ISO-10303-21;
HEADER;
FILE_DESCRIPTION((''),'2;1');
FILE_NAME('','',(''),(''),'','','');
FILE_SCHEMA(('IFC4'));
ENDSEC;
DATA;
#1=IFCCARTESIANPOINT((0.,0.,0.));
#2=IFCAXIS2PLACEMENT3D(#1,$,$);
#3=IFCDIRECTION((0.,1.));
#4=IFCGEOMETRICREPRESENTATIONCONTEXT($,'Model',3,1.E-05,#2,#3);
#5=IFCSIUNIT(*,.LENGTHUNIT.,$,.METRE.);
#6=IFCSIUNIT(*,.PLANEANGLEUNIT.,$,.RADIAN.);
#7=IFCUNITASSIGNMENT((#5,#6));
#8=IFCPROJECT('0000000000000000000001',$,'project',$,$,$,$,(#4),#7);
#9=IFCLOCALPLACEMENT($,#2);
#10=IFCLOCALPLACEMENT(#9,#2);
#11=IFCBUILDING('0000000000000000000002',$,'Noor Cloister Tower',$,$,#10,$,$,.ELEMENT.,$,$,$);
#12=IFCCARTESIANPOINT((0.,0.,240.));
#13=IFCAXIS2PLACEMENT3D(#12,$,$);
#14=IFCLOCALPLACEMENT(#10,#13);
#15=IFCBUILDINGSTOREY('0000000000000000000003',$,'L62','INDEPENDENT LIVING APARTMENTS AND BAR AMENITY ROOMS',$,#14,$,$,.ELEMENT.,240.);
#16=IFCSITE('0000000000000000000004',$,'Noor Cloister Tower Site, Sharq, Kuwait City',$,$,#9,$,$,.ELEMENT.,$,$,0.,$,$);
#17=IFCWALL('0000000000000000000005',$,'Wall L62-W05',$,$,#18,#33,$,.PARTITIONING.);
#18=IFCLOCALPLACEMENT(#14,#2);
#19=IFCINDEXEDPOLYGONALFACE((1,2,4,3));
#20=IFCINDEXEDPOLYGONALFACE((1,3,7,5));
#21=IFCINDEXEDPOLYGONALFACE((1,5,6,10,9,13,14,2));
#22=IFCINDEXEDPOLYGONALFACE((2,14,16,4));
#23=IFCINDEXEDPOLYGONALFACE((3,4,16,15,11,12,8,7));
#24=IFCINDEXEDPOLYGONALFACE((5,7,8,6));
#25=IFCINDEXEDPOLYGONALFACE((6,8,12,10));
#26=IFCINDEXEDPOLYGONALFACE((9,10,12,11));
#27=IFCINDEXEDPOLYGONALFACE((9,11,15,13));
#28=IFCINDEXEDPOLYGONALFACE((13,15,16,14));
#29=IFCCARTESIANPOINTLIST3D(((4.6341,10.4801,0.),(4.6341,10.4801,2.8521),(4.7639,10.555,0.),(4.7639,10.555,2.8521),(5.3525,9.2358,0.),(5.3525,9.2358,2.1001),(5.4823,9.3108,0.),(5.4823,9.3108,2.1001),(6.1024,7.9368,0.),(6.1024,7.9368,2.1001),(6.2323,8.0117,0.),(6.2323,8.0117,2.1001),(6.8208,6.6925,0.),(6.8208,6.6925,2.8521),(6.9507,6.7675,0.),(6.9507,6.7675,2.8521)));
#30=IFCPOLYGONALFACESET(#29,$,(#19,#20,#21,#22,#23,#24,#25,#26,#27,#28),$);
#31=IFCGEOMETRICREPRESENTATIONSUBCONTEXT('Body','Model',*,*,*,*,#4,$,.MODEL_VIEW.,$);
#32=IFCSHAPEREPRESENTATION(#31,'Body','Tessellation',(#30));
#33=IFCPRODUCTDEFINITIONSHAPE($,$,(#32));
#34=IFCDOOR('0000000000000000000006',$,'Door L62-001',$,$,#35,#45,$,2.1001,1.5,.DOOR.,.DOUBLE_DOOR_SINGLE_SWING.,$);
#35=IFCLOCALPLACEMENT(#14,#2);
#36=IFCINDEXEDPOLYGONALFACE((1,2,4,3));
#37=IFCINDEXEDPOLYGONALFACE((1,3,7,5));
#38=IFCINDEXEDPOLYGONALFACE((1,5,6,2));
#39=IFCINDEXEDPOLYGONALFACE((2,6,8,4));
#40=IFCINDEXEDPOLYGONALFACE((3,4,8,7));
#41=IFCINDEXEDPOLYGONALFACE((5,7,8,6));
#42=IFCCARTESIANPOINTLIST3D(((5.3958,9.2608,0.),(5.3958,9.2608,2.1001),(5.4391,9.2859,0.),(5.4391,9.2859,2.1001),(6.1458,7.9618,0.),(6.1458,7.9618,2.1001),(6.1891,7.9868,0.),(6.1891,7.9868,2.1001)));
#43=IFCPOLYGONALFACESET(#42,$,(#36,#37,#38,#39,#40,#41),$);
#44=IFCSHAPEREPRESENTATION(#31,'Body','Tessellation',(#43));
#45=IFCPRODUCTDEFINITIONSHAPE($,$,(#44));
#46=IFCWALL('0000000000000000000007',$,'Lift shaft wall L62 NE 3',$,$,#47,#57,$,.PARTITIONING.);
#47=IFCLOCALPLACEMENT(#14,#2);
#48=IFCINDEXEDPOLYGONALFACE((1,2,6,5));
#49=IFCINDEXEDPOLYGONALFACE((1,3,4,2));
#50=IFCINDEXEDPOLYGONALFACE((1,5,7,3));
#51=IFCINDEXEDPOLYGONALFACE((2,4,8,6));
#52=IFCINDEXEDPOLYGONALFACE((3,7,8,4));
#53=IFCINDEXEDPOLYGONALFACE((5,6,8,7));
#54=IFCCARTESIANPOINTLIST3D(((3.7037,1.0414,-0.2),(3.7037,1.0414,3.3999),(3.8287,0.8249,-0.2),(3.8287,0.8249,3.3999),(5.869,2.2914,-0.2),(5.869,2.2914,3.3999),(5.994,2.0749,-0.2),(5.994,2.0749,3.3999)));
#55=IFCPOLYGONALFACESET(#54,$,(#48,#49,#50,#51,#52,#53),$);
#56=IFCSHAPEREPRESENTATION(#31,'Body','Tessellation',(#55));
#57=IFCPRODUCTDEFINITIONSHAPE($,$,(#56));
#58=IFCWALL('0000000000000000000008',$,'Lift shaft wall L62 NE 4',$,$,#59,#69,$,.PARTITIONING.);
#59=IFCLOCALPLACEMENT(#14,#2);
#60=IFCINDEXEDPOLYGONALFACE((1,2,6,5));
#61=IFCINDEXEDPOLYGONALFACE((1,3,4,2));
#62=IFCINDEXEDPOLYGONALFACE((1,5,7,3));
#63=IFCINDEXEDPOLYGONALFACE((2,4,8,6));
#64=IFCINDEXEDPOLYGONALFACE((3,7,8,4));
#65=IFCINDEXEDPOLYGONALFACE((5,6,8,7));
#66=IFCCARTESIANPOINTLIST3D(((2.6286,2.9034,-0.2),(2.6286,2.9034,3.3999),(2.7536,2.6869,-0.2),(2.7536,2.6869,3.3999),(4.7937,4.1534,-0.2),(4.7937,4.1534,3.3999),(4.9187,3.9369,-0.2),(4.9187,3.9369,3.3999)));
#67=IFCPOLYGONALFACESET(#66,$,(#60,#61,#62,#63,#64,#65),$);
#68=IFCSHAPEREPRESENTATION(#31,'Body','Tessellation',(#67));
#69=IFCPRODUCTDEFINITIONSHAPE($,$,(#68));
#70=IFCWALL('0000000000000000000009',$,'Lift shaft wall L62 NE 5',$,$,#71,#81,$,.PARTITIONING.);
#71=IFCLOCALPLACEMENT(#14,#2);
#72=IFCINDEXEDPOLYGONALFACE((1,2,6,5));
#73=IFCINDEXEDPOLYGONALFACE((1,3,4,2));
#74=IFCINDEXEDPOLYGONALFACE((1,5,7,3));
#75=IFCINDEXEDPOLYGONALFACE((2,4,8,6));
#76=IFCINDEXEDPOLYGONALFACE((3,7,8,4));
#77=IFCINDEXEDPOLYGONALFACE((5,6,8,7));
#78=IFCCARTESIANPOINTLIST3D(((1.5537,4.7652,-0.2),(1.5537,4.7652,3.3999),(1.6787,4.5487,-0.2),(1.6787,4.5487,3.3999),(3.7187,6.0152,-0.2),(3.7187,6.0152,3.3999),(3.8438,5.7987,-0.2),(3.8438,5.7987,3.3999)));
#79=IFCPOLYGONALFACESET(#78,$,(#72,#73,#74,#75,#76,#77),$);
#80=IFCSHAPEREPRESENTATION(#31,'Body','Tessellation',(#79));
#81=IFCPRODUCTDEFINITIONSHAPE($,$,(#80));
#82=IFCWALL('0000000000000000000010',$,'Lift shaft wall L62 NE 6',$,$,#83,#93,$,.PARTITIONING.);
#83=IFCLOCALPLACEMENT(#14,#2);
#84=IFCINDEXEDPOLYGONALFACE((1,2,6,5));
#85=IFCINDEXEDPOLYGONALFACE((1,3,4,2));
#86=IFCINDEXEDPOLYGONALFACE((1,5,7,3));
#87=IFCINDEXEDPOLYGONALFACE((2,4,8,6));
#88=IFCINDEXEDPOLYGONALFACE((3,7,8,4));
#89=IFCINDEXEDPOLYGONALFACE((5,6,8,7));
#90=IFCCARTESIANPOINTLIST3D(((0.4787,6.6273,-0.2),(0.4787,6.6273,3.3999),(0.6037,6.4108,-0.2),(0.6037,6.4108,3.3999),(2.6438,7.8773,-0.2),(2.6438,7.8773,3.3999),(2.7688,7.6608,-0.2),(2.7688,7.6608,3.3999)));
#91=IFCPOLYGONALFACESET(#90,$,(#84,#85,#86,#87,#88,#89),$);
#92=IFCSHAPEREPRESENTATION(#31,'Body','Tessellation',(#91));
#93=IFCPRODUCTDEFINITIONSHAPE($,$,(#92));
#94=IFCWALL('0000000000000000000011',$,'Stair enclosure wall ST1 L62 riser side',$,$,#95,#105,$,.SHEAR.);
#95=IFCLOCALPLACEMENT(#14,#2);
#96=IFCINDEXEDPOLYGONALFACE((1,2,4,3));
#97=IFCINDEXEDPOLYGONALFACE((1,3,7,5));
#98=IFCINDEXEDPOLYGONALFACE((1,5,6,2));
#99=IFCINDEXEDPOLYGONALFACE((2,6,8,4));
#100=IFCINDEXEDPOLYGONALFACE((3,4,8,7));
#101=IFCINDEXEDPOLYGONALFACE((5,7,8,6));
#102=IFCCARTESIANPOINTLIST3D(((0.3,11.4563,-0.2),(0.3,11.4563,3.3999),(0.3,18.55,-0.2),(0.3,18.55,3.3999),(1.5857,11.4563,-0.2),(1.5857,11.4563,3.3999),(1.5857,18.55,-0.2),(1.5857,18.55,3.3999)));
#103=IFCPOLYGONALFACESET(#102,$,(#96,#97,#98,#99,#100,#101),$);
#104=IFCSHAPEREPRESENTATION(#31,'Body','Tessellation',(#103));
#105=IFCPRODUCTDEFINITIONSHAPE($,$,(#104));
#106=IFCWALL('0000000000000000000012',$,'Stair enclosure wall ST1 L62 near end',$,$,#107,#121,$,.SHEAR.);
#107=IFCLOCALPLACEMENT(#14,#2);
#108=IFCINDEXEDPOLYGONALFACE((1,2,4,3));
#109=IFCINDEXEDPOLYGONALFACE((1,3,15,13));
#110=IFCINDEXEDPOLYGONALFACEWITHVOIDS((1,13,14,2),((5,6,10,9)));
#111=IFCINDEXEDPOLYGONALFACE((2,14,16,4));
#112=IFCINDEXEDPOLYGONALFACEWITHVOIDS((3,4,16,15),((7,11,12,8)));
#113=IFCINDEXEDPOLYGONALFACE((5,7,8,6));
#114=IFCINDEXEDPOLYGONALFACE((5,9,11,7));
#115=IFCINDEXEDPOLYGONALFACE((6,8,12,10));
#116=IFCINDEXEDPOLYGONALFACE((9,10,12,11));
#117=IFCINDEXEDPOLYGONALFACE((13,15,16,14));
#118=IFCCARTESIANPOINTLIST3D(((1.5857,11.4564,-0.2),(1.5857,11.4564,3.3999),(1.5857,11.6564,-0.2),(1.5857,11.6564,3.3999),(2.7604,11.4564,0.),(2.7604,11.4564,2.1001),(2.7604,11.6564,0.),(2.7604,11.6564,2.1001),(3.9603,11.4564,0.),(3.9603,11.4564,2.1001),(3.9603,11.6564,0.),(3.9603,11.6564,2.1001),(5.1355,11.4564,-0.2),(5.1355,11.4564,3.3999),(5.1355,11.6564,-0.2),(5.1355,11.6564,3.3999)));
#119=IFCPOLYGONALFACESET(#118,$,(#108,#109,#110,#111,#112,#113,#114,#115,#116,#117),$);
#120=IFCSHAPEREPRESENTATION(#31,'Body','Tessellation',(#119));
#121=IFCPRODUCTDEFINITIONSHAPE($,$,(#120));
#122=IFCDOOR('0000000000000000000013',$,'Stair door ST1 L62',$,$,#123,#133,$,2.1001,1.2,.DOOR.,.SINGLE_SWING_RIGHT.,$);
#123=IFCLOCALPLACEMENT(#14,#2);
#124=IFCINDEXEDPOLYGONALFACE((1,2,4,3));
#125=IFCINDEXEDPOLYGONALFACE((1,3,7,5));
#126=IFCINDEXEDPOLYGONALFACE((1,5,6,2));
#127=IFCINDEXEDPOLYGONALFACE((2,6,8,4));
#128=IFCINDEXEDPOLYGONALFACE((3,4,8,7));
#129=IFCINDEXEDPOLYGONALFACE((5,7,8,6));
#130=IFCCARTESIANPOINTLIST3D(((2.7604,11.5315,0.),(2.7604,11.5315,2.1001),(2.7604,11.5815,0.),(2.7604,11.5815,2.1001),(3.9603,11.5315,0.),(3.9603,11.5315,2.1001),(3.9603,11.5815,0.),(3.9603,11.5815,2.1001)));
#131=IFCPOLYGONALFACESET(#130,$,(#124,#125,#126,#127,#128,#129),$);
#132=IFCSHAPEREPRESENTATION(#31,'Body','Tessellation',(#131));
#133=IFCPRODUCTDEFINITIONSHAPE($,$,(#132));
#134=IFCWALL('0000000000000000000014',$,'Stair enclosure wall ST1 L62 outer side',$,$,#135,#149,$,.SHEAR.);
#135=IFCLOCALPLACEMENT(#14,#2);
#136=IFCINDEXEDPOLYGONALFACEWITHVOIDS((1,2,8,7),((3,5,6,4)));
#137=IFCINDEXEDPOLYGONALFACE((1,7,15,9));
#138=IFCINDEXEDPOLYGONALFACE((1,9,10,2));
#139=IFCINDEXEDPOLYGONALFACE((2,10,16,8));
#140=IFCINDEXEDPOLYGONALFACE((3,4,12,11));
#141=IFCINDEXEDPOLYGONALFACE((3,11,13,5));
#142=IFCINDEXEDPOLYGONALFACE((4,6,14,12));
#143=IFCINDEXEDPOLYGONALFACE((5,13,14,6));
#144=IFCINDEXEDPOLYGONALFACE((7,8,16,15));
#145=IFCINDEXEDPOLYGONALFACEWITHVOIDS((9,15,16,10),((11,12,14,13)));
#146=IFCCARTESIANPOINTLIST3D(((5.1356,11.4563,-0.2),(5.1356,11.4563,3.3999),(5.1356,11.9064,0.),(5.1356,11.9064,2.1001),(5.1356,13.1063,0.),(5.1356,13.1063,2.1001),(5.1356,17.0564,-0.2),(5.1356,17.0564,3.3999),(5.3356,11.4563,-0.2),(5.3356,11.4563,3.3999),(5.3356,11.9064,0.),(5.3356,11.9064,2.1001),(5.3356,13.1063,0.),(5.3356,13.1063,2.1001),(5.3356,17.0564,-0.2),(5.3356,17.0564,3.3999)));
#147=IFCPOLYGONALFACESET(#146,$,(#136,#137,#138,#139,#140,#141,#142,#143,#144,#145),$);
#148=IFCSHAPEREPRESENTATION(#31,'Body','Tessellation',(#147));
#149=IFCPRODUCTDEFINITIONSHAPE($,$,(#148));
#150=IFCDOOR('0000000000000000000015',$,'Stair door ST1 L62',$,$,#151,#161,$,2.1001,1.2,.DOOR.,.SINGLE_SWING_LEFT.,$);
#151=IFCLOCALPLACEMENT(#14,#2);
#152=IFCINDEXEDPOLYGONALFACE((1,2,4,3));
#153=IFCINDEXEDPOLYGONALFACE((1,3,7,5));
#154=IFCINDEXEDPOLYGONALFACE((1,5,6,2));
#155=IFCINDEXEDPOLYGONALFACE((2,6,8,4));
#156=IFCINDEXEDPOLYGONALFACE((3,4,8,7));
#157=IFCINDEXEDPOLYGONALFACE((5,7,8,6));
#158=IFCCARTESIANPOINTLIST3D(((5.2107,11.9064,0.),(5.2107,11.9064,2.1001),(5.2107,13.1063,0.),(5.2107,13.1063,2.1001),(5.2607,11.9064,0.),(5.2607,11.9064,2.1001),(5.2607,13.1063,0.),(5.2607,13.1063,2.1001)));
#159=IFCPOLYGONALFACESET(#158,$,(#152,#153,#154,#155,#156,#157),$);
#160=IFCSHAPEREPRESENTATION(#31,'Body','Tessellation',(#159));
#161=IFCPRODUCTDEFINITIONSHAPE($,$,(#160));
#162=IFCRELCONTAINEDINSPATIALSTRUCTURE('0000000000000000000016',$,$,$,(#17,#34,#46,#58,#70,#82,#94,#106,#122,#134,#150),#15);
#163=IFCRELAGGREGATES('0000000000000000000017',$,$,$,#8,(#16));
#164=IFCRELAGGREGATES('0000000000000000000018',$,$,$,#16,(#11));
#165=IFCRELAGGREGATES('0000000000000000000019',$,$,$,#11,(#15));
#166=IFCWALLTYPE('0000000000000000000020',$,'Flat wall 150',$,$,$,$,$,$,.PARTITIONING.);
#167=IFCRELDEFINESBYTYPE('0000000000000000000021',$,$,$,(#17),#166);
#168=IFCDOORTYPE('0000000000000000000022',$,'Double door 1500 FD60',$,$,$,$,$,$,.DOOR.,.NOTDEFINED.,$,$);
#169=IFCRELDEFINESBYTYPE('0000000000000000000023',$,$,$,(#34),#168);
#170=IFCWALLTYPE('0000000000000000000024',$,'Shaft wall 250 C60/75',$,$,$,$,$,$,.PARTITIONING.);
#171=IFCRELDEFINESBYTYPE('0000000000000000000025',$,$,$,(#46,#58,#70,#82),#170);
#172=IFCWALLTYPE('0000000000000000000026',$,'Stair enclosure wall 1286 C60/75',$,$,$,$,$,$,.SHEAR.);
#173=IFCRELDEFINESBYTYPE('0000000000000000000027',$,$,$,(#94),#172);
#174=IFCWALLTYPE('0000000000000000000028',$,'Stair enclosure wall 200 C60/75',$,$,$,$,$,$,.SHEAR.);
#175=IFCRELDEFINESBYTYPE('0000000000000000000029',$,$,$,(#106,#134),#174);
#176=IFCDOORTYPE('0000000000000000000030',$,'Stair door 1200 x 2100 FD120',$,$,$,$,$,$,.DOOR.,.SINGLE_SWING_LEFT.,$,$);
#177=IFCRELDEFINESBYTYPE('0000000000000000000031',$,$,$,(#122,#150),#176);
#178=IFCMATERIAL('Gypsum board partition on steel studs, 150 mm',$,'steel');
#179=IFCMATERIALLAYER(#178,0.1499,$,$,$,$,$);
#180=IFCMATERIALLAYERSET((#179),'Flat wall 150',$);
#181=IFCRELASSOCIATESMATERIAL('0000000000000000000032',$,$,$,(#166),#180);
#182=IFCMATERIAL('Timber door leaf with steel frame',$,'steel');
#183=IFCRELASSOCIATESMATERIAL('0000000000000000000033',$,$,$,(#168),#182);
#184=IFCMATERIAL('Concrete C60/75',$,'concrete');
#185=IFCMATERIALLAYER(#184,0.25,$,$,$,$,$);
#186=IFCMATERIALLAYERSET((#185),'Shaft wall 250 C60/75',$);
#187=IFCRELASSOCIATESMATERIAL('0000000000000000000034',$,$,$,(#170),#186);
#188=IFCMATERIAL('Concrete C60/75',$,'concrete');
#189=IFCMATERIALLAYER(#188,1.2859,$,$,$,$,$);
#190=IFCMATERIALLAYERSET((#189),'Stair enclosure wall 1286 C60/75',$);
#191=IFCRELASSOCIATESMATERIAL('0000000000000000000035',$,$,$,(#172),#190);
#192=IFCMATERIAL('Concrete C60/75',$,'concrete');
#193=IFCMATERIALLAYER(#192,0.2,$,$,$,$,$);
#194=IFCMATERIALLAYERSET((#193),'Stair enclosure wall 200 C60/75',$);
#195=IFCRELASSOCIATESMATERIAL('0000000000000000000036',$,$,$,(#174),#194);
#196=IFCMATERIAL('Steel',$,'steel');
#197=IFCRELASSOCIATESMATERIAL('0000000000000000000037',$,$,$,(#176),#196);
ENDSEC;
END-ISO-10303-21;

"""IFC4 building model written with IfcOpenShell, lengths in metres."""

from ifc_helpers import new_model, si_unit, direction, frame, frame_2d, origin, place, context, subcontext, project, spatial, rectangle, extrude, material, layer, layer_set, type_object, element, fill, save


model = new_model("IFC4")

# Units and contexts
model_context = context("Model", 3, precision=1e-05, world=origin(), true_north=direction((0.0, 1.0)))
body_context = subcontext(model_context, "Body", "Model", "MODEL_VIEW")
ifc_project = project(units=[si_unit("LENGTHUNIT", "METRE"), si_unit("PLANEANGLEUNIT", "RADIAN")], contexts=[model_context])

# Site, building, storey
site_placement = place(None, origin())
site = spatial("IfcSite", under=ifc_project, at=site_placement, Name="Noor Cloister Tower Site, Sharq, Kuwait City", CompositionType="ELEMENT", RefElevation=0.0)
building_placement = place(site_placement, origin())
building = spatial("IfcBuilding", under=site, at=building_placement, Name="Noor Cloister Tower", CompositionType="ELEMENT")
storey_placement = place(building_placement, frame((0.0, 0.0, 240.0)))
storey = spatial("IfcBuildingStorey", under=building, at=storey_placement, Name="L62", Description="INDEPENDENT LIVING APARTMENTS AND BAR AMENITY ROOMS", CompositionType="ELEMENT", Elevation=240.0)

# Shared definitions
ifc_material_1 = material(Name="Gypsum board partition on steel studs, 150 mm", Category="steel")
ifc_layer_1 = layer(ifc_material_1, 0.1499)
ifc_layer_set_1 = layer_set([ifc_layer_1], Name="Flat wall 150")
wall_type_1 = type_object("IfcWallType", Name="Flat wall 150", PredefinedType="PARTITIONING", material=ifc_layer_set_1)

# Wall, opening, door
wall_1_placement = place(storey_placement, frame((6.8857, 6.73, 0.0), z_axis=(0.0, 0.0, 1.0), x_axis=(-0.499999, 0.866026, 0.0)))
wall_1 = element("IfcWall", 1, at=wall_1_placement, inside=storey, type_object=wall_type_1, Name="Wall L62-W05", PredefinedType="PARTITIONING", context=body_context, shape_type="SweptSolid", body=[
    extrude(rectangle(XDim=4.3735, YDim=0.1499, at=frame_2d((2.1868, 0.0))), origin(), (0.0, 0.0, 1.0), 2.8521),
])
opening_1_placement = place(wall_1_placement, frame((1.4368, 0.0, 0.0)))
opening_1 = element("IfcOpeningElement", 2, at=opening_1_placement, cuts=wall_1, PredefinedType="OPENING", context=body_context, shape_type="SweptSolid", body=[
    extrude(rectangle(XDim=1.5, YDim=2.1001, at=frame_2d((0.75, 1.05))), frame((0.0, 0.085, 0.0), z_axis=(0.0, -1.0, 0.0), x_axis=(1.0, 0.0, 0.0)), (0.0, 0.0, 1.0), 0.1699),
])
ifc_material_2 = material(Name="Timber door leaf with steel frame", Category="steel")
door_type_1 = type_object("IfcDoorType", Name="Double door 1500 FD60", OperationType="NOTDEFINED", PredefinedType="DOOR", material=ifc_material_2)
door_1_placement = place(opening_1_placement, origin())
door_1 = element("IfcDoor", 3, at=door_1_placement, inside=storey, type_object=door_type_1, Name="Door L62-001", OperationType="DOUBLE_DOOR_SINGLE_SWING", OverallHeight=2.1001, OverallWidth=1.5, PredefinedType="DOOR", context=body_context, shape_type="SweptSolid", body=[
    extrude(rectangle(XDim=1.5, YDim=2.1001, at=frame_2d((0.75, 1.05))), frame((0.0, 0.0249, 0.0), z_axis=(0.0, -1.0, 0.0), x_axis=(1.0, 0.0, 0.0)), (0.0, 0.0, 1.0), 0.05),
])
fill(opening_1, door_1)

# Walls
ifc_material_3 = material(Name="Concrete C60/75", Category="concrete")
ifc_layer_2 = layer(ifc_material_3, 0.25)
ifc_layer_set_2 = layer_set([ifc_layer_2], Name="Shaft wall 250 C60/75")
wall_type_2 = type_object("IfcWallType", Name="Shaft wall 250 C60/75", PredefinedType="PARTITIONING", material=ifc_layer_set_2)
wall_2_placement = place(storey_placement, frame((5.9314, 2.1831, -0.2), z_axis=(0.0, 0.0, 1.0), x_axis=(-0.866047, -0.499962, 0.0)))
element("IfcWall", 4, at=wall_2_placement, inside=storey, type_object=wall_type_2, Name="Lift shaft wall L62 NE 3", PredefinedType="PARTITIONING", context=body_context, shape_type="SweptSolid", body=[
    extrude(rectangle(XDim=2.5002, YDim=0.25, at=frame_2d((1.25, 0.0))), origin(), (0.0, 0.0, 1.0), 3.5999),
])
for number, where, z_axis, x_axis, name in (
    (5, (4.8562, 4.0452, -0.2), (0.0, 0.0, 1.0), (-0.866023, -0.500004, 0.0), "Lift shaft wall L62 NE 4"),
    (6, (3.7812, 5.907, -0.2), (0.0, 0.0, 1.0), (-0.866023, -0.500004, 0.0), "Lift shaft wall L62 NE 5"),
    (7, (2.7063, 7.769, -0.2), (0.0, 0.0, 1.0), (-0.866023, -0.500004, 0.0), "Lift shaft wall L62 NE 6"),
):
    element("IfcWall", number, at=place(storey_placement, frame(where, z_axis=z_axis, x_axis=x_axis)), inside=storey, type_object=wall_type_2, Name=name, PredefinedType="PARTITIONING", context=body_context, shape_type="SweptSolid", body=[
        extrude(rectangle(XDim=2.5, YDim=0.25, at=frame_2d((1.25, 0.0))), origin(), (0.0, 0.0, 1.0), 3.5999),
    ])
ifc_material_4 = material(Name="Concrete C60/75", Category="concrete")
ifc_layer_3 = layer(ifc_material_4, 1.2859)
ifc_layer_set_3 = layer_set([ifc_layer_3], Name="Stair enclosure wall 1286 C60/75")
wall_type_3 = type_object("IfcWallType", Name="Stair enclosure wall 1286 C60/75", PredefinedType="SHEAR", material=ifc_layer_set_3)
wall_3_placement = place(storey_placement, frame((0.9429, 11.4563, -0.2), z_axis=(0.0, 0.0, 1.0), x_axis=(0.0, 1.0, 0.0)))
element("IfcWall", 8, at=wall_3_placement, inside=storey, type_object=wall_type_3, Name="Stair enclosure wall ST1 L62 riser side", PredefinedType="SHEAR", context=body_context, shape_type="SweptSolid", body=[
    extrude(rectangle(XDim=7.0938, YDim=1.2856, at=frame_2d((3.5469, 0.0))), origin(), (0.0, 0.0, 1.0), 3.5999),
])

# Walls, openings, doors
ifc_material_5 = material(Name="Concrete C60/75", Category="concrete")
ifc_layer_4 = layer(ifc_material_5, 0.2)
ifc_layer_set_4 = layer_set([ifc_layer_4], Name="Stair enclosure wall 200 C60/75")
wall_type_4 = type_object("IfcWallType", Name="Stair enclosure wall 200 C60/75", PredefinedType="SHEAR", material=ifc_layer_set_4)
wall_4_placement = place(storey_placement, frame((5.1355, 11.5564, -0.2), z_axis=(0.0, 0.0, 1.0), x_axis=(-1.0, 0.0, 0.0)))
wall_4 = element("IfcWall", 9, at=wall_4_placement, inside=storey, type_object=wall_type_4, Name="Stair enclosure wall ST1 L62 near end", PredefinedType="SHEAR", context=body_context, shape_type="SweptSolid", body=[
    extrude(rectangle(XDim=3.5498, YDim=0.2, at=frame_2d((1.7749, 0.0))), origin(), (0.0, 0.0, 1.0), 3.5999),
])
opening_2_placement = place(wall_4_placement, frame((1.175, 0.0, 0.2)))
opening_2 = element("IfcOpeningElement", 10, at=opening_2_placement, cuts=wall_4, PredefinedType="OPENING", context=body_context, shape_type="SweptSolid", body=[
    extrude(rectangle(XDim=1.2, YDim=2.1001, at=frame_2d((0.6001, 1.05))), frame((0.0, 0.1099, 0.0), z_axis=(0.0, -1.0, 0.0), x_axis=(1.0, 0.0, 0.0)), (0.0, 0.0, 1.0), 0.22),
])
ifc_material_6 = material(Name="Steel", Category="steel")
door_type_2 = type_object("IfcDoorType", Name="Stair door 1200 x 2100 FD120", OperationType="SINGLE_SWING_LEFT", PredefinedType="DOOR", material=ifc_material_6)
door_2_placement = place(opening_2_placement, origin())
door_2 = element("IfcDoor", 11, at=door_2_placement, inside=storey, type_object=door_type_2, Name="Stair door ST1 L62", OperationType="SINGLE_SWING_RIGHT", OverallHeight=2.1001, OverallWidth=1.2, PredefinedType="DOOR", context=body_context, shape_type="SweptSolid", body=[
    extrude(rectangle(XDim=1.2, YDim=2.1001, at=frame_2d((0.6001, 1.05))), frame((0.0, 0.0249, 0.0), z_axis=(0.0, -1.0, 0.0), x_axis=(1.0, 0.0, 0.0)), (0.0, 0.0, 1.0), 0.05),
])
fill(opening_2, door_2)
wall_5_placement = place(storey_placement, frame((5.2356, 11.4563, -0.2), z_axis=(0.0, 0.0, 1.0), x_axis=(0.0, 1.0, 0.0)))
wall_5 = element("IfcWall", 12, at=wall_5_placement, inside=storey, type_object=wall_type_4, Name="Stair enclosure wall ST1 L62 outer side", PredefinedType="SHEAR", context=body_context, shape_type="SweptSolid", body=[
    extrude(rectangle(XDim=5.6001, YDim=0.2, at=frame_2d((2.8, 0.0))), origin(), (0.0, 0.0, 1.0), 3.5999),
])
opening_3_placement = place(wall_5_placement, frame((0.45, 0.0, 0.2)))
opening_3 = element("IfcOpeningElement", 13, at=opening_3_placement, cuts=wall_5, PredefinedType="OPENING", context=body_context, shape_type="SweptSolid", body=[
    extrude(rectangle(XDim=1.2, YDim=2.1001, at=frame_2d((0.6001, 1.05))), frame((0.0, 0.1099, 0.0), z_axis=(0.0, -1.0, 0.0), x_axis=(1.0, 0.0, 0.0)), (0.0, 0.0, 1.0), 0.22),
])
door_3_placement = place(opening_3_placement, origin())
door_3 = element("IfcDoor", 14, at=door_3_placement, inside=storey, type_object=door_type_2, Name="Stair door ST1 L62", OperationType="SINGLE_SWING_LEFT", OverallHeight=2.1001, OverallWidth=1.2, PredefinedType="DOOR", context=body_context, shape_type="SweptSolid", body=[
    extrude(rectangle(XDim=1.2, YDim=2.1001, at=frame_2d((0.6001, 1.05))), frame((0.0, 0.0249, 0.0), z_axis=(0.0, -1.0, 0.0), x_axis=(1.0, 0.0, 0.0)), (0.0, 0.0, 1.0), 0.05),
])
fill(opening_3, door_3)

save(model, "model.ifc")
